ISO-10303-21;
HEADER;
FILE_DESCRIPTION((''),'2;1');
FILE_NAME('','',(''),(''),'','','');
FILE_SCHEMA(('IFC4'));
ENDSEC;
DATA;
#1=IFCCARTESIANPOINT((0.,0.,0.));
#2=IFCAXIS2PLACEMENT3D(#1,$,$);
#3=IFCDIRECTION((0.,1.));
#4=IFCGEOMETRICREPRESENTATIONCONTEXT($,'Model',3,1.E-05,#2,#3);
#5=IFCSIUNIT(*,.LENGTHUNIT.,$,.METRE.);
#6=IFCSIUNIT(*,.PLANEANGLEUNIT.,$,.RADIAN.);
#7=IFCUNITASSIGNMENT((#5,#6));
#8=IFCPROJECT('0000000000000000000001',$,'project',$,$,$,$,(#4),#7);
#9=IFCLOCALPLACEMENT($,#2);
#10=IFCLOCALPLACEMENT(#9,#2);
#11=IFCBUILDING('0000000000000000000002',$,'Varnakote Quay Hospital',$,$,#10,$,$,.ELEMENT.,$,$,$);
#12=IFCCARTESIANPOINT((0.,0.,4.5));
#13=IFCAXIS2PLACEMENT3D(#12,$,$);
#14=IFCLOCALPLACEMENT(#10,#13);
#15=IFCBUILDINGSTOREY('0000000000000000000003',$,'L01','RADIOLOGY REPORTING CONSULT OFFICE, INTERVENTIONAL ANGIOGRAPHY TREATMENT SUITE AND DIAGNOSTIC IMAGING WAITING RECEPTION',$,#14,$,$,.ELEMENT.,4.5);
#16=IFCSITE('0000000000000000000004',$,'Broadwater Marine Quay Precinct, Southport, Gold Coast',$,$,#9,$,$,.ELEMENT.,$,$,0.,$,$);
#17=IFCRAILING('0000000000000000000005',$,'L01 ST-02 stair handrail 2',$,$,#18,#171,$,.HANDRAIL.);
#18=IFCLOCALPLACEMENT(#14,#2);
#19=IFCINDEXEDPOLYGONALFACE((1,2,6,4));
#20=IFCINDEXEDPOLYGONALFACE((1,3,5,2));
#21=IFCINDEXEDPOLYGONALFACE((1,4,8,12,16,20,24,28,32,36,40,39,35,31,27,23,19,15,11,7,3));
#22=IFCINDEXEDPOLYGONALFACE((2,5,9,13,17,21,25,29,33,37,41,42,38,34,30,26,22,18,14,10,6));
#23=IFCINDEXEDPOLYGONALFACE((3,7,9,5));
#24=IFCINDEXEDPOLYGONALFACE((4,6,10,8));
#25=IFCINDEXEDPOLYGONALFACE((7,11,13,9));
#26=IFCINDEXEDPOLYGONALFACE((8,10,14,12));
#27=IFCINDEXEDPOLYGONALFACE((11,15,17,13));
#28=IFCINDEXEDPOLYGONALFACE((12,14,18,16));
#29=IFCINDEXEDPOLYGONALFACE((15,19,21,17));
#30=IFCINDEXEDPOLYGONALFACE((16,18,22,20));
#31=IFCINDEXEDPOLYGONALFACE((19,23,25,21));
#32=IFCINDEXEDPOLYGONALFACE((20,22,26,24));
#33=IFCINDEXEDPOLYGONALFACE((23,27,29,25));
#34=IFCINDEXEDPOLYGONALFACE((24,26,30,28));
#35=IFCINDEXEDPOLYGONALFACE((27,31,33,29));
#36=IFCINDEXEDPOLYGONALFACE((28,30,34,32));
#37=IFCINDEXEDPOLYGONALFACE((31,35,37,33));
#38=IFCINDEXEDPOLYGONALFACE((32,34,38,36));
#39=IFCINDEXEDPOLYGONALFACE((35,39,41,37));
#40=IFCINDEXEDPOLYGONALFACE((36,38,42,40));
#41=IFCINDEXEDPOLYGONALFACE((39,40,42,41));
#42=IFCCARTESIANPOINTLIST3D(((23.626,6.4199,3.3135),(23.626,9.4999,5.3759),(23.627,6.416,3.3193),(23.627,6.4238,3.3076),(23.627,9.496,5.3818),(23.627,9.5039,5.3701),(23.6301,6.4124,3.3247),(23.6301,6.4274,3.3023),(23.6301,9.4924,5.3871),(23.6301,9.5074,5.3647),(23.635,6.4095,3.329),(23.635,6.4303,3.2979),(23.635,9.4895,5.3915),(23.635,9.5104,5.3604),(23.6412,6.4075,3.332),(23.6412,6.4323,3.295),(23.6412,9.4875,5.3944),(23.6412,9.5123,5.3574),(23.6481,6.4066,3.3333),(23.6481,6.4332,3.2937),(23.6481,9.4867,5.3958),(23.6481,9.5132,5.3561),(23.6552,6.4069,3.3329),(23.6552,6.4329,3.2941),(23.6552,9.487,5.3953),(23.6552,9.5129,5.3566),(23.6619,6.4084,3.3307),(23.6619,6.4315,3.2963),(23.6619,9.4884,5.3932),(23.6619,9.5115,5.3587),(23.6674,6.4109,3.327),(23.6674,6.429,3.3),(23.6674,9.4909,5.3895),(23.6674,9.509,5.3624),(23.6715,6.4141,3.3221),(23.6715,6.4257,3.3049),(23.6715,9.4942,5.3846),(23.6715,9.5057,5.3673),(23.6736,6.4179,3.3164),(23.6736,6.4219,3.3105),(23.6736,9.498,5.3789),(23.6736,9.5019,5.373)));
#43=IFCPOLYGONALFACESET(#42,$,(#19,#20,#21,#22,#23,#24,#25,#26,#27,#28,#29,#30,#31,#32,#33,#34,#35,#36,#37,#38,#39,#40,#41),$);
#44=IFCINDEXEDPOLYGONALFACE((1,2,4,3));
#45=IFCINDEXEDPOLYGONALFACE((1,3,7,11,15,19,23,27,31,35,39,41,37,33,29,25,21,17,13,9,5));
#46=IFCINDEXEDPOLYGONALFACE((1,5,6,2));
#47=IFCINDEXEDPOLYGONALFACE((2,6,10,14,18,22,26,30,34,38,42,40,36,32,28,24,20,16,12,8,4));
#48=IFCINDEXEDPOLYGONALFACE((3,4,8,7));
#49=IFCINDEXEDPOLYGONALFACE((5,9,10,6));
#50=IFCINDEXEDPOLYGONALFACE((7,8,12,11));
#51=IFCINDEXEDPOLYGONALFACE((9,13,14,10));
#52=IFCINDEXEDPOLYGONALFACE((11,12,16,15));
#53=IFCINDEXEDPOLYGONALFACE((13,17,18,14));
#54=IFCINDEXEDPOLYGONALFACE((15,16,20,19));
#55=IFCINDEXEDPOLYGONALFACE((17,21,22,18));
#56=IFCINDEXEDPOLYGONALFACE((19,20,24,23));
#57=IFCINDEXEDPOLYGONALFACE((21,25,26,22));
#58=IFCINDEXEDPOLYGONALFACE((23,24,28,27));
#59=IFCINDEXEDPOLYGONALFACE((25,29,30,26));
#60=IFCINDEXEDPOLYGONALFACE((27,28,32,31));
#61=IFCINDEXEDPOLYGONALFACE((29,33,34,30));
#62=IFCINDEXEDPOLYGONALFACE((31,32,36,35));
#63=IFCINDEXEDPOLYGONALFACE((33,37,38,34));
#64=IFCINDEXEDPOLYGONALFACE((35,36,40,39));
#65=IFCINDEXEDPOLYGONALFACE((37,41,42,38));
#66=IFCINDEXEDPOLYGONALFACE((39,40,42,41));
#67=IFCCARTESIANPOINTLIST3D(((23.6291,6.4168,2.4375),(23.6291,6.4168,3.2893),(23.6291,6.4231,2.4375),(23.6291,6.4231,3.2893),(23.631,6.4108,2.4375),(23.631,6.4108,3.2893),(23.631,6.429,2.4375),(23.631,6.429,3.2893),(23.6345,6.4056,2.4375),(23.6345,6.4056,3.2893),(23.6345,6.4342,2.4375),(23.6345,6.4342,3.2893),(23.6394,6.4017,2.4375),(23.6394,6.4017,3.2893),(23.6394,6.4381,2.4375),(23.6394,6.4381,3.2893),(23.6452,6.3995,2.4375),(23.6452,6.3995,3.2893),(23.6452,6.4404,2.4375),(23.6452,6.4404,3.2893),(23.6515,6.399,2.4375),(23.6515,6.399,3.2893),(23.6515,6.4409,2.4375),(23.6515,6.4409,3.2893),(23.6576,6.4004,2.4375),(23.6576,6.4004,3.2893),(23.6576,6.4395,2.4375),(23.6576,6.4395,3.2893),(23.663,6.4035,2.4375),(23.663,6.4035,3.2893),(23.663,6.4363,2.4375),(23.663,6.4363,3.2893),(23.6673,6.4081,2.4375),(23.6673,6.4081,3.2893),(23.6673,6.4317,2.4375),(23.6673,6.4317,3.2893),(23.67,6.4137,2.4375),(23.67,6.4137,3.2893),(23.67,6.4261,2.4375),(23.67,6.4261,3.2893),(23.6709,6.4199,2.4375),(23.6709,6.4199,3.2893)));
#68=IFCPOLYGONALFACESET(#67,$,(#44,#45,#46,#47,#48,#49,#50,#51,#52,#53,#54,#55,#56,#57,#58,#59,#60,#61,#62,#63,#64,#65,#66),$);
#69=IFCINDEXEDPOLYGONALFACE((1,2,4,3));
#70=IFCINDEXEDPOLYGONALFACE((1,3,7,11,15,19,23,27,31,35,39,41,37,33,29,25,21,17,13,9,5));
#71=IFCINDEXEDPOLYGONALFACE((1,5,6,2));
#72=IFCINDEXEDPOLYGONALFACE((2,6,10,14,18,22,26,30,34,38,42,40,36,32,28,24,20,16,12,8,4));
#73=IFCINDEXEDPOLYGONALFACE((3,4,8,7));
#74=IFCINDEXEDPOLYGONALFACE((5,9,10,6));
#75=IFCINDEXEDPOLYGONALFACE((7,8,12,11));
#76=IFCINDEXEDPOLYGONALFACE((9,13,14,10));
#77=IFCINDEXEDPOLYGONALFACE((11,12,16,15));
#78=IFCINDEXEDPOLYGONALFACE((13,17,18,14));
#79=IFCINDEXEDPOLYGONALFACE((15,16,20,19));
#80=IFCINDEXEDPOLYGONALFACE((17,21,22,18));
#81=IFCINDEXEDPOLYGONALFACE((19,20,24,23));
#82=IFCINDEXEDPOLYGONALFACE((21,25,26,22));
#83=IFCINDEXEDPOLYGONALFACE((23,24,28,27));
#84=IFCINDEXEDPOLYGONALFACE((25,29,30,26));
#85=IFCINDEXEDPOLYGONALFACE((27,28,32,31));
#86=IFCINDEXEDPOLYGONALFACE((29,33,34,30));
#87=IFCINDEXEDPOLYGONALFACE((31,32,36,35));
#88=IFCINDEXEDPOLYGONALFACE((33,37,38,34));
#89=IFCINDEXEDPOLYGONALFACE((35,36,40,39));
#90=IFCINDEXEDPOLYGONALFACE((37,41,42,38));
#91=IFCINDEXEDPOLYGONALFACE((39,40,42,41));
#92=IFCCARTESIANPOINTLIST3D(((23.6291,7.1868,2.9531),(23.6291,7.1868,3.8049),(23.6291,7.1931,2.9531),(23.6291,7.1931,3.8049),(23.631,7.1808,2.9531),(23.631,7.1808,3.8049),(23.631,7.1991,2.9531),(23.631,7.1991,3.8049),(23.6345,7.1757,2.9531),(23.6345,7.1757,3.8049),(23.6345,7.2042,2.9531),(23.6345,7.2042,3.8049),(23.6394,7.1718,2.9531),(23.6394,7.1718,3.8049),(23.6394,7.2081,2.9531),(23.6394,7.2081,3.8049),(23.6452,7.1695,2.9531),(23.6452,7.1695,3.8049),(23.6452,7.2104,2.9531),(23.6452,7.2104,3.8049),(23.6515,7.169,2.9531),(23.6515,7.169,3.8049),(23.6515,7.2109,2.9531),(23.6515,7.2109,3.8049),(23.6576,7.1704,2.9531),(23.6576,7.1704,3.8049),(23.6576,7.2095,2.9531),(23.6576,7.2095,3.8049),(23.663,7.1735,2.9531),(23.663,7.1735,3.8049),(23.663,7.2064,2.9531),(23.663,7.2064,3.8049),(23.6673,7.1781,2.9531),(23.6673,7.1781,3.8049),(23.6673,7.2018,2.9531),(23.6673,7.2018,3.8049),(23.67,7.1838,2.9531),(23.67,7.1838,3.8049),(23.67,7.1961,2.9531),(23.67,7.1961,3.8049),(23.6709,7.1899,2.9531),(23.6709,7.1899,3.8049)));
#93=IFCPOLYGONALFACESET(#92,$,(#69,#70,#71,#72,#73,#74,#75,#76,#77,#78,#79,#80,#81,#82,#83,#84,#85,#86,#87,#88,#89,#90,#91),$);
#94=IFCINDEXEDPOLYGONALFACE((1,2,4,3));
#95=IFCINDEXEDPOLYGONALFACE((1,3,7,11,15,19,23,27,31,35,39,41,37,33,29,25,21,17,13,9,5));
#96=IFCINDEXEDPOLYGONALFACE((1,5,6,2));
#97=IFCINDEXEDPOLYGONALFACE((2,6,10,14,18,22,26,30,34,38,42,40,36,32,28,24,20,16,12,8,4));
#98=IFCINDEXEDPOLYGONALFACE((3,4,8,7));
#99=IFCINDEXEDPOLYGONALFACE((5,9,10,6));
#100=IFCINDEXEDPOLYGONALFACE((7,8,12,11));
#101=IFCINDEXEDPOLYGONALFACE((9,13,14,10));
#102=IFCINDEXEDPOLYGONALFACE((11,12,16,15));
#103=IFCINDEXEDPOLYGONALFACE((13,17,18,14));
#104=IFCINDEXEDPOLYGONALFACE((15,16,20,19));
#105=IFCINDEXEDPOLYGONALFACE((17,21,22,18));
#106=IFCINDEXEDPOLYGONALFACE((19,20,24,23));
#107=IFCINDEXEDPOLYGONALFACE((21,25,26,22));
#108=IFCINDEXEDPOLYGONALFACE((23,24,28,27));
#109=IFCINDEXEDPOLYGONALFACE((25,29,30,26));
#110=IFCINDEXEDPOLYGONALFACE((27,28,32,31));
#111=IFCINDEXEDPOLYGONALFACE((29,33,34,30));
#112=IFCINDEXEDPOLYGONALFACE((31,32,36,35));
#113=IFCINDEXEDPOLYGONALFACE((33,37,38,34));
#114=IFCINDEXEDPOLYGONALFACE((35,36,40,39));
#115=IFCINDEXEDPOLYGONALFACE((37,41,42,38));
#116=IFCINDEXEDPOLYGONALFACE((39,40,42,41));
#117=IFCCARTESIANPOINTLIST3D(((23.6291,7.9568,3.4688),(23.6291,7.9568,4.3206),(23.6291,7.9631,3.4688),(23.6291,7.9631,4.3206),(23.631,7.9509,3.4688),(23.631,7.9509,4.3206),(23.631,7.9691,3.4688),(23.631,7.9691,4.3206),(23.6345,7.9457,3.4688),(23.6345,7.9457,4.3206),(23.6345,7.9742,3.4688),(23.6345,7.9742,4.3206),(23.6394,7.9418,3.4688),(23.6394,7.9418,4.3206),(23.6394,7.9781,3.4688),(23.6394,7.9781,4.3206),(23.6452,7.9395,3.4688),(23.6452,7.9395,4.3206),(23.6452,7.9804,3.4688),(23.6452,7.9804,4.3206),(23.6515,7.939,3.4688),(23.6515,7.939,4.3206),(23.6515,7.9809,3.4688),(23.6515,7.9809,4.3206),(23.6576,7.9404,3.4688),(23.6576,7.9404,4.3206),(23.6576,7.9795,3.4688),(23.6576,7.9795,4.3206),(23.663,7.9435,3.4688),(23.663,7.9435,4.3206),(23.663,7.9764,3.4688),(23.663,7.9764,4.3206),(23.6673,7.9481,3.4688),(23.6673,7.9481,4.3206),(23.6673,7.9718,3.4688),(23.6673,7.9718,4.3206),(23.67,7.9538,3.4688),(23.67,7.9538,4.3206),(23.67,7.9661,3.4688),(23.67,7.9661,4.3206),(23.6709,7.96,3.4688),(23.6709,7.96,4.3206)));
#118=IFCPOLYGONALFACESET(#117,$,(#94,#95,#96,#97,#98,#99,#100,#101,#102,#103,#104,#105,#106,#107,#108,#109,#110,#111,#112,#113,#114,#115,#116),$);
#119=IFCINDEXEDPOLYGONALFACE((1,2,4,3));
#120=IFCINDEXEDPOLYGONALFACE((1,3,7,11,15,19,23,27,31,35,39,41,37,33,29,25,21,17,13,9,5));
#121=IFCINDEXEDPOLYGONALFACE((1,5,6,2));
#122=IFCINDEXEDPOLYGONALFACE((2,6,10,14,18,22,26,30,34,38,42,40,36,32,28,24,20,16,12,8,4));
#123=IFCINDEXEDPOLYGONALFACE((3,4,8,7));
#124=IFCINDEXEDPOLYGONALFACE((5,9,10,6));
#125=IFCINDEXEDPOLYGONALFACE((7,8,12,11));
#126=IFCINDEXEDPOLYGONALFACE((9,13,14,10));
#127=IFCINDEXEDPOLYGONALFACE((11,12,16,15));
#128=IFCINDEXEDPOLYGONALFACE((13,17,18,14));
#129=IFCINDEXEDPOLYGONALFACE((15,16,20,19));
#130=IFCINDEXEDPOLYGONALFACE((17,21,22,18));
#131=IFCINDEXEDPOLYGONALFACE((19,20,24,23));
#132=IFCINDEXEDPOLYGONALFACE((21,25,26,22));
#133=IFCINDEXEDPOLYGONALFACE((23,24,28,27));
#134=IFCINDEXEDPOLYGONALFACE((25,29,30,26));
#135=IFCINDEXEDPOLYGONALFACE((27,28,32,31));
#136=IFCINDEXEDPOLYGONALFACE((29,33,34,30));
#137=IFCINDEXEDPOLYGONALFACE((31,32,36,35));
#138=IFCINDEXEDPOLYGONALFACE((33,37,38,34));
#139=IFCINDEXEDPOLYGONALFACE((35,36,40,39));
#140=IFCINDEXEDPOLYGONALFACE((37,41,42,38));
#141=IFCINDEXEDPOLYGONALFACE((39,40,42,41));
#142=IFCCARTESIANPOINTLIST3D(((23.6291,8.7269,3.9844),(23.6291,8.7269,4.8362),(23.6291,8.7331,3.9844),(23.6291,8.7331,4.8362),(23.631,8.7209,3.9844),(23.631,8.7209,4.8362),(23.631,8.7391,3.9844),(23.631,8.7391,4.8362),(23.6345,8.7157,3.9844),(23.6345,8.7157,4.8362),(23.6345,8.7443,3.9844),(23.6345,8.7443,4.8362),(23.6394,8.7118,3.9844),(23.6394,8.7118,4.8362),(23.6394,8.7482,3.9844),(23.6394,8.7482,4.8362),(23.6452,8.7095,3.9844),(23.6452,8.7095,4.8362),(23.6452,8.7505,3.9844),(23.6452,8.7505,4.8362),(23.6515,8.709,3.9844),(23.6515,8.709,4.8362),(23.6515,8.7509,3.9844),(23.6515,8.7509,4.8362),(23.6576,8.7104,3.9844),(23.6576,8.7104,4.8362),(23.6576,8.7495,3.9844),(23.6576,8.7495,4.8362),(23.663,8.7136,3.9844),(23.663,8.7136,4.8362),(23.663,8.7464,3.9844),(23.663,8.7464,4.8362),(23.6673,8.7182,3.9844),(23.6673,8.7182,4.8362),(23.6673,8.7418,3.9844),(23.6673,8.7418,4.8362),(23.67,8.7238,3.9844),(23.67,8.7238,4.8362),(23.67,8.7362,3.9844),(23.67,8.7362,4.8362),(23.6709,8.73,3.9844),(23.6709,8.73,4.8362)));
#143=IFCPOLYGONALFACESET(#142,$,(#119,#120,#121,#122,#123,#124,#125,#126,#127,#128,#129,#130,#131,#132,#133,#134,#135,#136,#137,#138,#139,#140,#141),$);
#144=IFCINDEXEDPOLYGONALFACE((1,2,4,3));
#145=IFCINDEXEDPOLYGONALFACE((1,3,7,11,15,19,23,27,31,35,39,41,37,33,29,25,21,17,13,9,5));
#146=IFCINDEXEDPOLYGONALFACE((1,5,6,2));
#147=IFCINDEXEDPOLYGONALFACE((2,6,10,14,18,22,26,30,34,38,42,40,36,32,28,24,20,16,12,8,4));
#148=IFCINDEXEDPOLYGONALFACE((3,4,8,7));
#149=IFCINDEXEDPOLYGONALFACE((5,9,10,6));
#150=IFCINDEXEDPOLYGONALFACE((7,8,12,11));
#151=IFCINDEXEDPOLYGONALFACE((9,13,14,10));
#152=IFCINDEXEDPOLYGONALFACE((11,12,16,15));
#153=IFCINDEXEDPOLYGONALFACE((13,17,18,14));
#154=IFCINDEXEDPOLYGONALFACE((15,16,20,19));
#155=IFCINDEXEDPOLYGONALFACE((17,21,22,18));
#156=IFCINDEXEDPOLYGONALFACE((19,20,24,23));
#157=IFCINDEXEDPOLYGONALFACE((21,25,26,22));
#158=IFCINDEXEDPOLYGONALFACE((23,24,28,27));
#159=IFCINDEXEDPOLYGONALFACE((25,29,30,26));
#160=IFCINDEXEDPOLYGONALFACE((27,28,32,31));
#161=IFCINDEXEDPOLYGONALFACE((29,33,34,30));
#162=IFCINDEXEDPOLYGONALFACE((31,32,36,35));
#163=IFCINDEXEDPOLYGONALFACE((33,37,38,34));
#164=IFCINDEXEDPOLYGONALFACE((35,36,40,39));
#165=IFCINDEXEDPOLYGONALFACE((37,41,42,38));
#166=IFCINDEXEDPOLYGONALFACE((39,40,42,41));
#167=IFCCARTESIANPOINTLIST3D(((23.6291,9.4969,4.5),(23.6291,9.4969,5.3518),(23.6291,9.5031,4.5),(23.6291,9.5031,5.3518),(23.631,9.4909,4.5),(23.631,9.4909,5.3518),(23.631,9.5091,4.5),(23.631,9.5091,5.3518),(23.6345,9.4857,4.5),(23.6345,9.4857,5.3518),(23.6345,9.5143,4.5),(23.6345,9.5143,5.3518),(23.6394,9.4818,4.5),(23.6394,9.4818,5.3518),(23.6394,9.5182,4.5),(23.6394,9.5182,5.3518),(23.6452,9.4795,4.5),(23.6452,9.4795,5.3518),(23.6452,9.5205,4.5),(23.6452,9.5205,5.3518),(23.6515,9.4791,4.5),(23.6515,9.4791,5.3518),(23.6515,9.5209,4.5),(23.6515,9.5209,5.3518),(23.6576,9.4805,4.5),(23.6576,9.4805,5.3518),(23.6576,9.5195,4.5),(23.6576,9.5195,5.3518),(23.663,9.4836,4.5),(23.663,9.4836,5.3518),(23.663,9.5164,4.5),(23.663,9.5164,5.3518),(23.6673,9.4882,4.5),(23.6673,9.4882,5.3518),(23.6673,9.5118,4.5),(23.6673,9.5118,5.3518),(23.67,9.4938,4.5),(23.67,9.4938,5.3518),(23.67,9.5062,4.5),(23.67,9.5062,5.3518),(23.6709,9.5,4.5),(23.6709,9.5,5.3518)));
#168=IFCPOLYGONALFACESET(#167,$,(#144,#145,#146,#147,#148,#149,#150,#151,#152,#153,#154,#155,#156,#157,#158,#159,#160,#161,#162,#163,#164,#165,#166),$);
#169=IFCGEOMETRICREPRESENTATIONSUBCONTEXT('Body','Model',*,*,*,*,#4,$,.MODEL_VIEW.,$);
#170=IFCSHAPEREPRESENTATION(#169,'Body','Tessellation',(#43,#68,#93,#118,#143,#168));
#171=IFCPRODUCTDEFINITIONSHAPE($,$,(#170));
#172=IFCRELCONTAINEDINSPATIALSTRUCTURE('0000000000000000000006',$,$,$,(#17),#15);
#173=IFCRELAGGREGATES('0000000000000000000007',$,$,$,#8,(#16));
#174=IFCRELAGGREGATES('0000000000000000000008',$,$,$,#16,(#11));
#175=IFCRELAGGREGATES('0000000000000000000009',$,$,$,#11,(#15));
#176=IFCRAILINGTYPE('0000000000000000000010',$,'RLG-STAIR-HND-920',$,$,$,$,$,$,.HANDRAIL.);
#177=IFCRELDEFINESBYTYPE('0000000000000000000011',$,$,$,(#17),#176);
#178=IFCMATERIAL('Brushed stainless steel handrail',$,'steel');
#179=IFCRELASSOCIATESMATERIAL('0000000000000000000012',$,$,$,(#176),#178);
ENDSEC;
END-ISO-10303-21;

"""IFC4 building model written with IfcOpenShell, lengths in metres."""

from ifc_helpers import new_model, si_unit, direction, frame, origin, origin_2d, place, context, subcontext, project, spatial, circle, extrude, material, type_object, element, save


model = new_model("IFC4")

# Units and contexts
model_context = context("Model", 3, precision=1e-05, world=origin(), true_north=direction((0.0, 1.0)))
body_context = subcontext(model_context, "Body", "Model", "MODEL_VIEW")
ifc_project = project(units=[si_unit("LENGTHUNIT", "METRE"), si_unit("PLANEANGLEUNIT", "RADIAN")], contexts=[model_context])

# Site, building, storey
site_placement = place(None, origin())
site = spatial("IfcSite", under=ifc_project, at=site_placement, Name="Broadwater Marine Quay Precinct, Southport, Gold Coast", CompositionType="ELEMENT", RefElevation=0.0)
building_placement = place(site_placement, origin())
building = spatial("IfcBuilding", under=site, at=building_placement, Name="Varnakote Quay Hospital", CompositionType="ELEMENT")
storey_placement = place(building_placement, frame((0.0, 0.0, 4.5)))
storey = spatial("IfcBuildingStorey", under=building, at=storey_placement, Name="L01", Description="RADIOLOGY REPORTING CONSULT OFFICE, INTERVENTIONAL ANGIOGRAPHY TREATMENT SUITE AND DIAGNOSTIC IMAGING WAITING RECEPTION", CompositionType="ELEMENT", Elevation=4.5)

# Railing
ifc_material_1 = material(Name="Brushed stainless steel handrail", Category="steel")
railing_type_1 = type_object("IfcRailingType", Name="RLG-STAIR-HND-920", PredefinedType="HANDRAIL", material=ifc_material_1)
railing_1_placement = place(storey_placement, frame((23.6499, 6.4199, 2.4375)))
element("IfcRailing", 1, at=railing_1_placement, inside=storey, type_object=railing_type_1, Name="L01 ST-02 stair handrail 2", PredefinedType="HANDRAIL", context=body_context, shape_type="SweptSolid", body=[
    extrude(circle(Radius=0.0239, at=origin_2d()), frame((0.0, 0.0, 0.876), z_axis=(0.0, 0.830914, 0.556401), x_axis=(-1.0, 0.0, 0.0)), (0.0, 0.0, 1.0), 3.7068),
    extrude(circle(Radius=0.021, at=origin_2d()), origin(), (0.0, 0.0, 1.0), 0.8518),
    extrude(circle(Radius=0.021, at=origin_2d()), frame((0.0, 0.77, 0.5156)), (0.0, 0.0, 1.0), 0.8518),
    extrude(circle(Radius=0.021, at=origin_2d()), frame((0.0, 1.54, 1.0312)), (0.0, 0.0, 1.0), 0.8518),
    extrude(circle(Radius=0.021, at=origin_2d()), frame((0.0, 2.3101, 1.5469)), (0.0, 0.0, 1.0), 0.8518),
    extrude(circle(Radius=0.021, at=origin_2d()), frame((0.0, 3.0801, 2.0625)), (0.0, 0.0, 1.0), 0.8518),
])

save(model, "model.ifc")
